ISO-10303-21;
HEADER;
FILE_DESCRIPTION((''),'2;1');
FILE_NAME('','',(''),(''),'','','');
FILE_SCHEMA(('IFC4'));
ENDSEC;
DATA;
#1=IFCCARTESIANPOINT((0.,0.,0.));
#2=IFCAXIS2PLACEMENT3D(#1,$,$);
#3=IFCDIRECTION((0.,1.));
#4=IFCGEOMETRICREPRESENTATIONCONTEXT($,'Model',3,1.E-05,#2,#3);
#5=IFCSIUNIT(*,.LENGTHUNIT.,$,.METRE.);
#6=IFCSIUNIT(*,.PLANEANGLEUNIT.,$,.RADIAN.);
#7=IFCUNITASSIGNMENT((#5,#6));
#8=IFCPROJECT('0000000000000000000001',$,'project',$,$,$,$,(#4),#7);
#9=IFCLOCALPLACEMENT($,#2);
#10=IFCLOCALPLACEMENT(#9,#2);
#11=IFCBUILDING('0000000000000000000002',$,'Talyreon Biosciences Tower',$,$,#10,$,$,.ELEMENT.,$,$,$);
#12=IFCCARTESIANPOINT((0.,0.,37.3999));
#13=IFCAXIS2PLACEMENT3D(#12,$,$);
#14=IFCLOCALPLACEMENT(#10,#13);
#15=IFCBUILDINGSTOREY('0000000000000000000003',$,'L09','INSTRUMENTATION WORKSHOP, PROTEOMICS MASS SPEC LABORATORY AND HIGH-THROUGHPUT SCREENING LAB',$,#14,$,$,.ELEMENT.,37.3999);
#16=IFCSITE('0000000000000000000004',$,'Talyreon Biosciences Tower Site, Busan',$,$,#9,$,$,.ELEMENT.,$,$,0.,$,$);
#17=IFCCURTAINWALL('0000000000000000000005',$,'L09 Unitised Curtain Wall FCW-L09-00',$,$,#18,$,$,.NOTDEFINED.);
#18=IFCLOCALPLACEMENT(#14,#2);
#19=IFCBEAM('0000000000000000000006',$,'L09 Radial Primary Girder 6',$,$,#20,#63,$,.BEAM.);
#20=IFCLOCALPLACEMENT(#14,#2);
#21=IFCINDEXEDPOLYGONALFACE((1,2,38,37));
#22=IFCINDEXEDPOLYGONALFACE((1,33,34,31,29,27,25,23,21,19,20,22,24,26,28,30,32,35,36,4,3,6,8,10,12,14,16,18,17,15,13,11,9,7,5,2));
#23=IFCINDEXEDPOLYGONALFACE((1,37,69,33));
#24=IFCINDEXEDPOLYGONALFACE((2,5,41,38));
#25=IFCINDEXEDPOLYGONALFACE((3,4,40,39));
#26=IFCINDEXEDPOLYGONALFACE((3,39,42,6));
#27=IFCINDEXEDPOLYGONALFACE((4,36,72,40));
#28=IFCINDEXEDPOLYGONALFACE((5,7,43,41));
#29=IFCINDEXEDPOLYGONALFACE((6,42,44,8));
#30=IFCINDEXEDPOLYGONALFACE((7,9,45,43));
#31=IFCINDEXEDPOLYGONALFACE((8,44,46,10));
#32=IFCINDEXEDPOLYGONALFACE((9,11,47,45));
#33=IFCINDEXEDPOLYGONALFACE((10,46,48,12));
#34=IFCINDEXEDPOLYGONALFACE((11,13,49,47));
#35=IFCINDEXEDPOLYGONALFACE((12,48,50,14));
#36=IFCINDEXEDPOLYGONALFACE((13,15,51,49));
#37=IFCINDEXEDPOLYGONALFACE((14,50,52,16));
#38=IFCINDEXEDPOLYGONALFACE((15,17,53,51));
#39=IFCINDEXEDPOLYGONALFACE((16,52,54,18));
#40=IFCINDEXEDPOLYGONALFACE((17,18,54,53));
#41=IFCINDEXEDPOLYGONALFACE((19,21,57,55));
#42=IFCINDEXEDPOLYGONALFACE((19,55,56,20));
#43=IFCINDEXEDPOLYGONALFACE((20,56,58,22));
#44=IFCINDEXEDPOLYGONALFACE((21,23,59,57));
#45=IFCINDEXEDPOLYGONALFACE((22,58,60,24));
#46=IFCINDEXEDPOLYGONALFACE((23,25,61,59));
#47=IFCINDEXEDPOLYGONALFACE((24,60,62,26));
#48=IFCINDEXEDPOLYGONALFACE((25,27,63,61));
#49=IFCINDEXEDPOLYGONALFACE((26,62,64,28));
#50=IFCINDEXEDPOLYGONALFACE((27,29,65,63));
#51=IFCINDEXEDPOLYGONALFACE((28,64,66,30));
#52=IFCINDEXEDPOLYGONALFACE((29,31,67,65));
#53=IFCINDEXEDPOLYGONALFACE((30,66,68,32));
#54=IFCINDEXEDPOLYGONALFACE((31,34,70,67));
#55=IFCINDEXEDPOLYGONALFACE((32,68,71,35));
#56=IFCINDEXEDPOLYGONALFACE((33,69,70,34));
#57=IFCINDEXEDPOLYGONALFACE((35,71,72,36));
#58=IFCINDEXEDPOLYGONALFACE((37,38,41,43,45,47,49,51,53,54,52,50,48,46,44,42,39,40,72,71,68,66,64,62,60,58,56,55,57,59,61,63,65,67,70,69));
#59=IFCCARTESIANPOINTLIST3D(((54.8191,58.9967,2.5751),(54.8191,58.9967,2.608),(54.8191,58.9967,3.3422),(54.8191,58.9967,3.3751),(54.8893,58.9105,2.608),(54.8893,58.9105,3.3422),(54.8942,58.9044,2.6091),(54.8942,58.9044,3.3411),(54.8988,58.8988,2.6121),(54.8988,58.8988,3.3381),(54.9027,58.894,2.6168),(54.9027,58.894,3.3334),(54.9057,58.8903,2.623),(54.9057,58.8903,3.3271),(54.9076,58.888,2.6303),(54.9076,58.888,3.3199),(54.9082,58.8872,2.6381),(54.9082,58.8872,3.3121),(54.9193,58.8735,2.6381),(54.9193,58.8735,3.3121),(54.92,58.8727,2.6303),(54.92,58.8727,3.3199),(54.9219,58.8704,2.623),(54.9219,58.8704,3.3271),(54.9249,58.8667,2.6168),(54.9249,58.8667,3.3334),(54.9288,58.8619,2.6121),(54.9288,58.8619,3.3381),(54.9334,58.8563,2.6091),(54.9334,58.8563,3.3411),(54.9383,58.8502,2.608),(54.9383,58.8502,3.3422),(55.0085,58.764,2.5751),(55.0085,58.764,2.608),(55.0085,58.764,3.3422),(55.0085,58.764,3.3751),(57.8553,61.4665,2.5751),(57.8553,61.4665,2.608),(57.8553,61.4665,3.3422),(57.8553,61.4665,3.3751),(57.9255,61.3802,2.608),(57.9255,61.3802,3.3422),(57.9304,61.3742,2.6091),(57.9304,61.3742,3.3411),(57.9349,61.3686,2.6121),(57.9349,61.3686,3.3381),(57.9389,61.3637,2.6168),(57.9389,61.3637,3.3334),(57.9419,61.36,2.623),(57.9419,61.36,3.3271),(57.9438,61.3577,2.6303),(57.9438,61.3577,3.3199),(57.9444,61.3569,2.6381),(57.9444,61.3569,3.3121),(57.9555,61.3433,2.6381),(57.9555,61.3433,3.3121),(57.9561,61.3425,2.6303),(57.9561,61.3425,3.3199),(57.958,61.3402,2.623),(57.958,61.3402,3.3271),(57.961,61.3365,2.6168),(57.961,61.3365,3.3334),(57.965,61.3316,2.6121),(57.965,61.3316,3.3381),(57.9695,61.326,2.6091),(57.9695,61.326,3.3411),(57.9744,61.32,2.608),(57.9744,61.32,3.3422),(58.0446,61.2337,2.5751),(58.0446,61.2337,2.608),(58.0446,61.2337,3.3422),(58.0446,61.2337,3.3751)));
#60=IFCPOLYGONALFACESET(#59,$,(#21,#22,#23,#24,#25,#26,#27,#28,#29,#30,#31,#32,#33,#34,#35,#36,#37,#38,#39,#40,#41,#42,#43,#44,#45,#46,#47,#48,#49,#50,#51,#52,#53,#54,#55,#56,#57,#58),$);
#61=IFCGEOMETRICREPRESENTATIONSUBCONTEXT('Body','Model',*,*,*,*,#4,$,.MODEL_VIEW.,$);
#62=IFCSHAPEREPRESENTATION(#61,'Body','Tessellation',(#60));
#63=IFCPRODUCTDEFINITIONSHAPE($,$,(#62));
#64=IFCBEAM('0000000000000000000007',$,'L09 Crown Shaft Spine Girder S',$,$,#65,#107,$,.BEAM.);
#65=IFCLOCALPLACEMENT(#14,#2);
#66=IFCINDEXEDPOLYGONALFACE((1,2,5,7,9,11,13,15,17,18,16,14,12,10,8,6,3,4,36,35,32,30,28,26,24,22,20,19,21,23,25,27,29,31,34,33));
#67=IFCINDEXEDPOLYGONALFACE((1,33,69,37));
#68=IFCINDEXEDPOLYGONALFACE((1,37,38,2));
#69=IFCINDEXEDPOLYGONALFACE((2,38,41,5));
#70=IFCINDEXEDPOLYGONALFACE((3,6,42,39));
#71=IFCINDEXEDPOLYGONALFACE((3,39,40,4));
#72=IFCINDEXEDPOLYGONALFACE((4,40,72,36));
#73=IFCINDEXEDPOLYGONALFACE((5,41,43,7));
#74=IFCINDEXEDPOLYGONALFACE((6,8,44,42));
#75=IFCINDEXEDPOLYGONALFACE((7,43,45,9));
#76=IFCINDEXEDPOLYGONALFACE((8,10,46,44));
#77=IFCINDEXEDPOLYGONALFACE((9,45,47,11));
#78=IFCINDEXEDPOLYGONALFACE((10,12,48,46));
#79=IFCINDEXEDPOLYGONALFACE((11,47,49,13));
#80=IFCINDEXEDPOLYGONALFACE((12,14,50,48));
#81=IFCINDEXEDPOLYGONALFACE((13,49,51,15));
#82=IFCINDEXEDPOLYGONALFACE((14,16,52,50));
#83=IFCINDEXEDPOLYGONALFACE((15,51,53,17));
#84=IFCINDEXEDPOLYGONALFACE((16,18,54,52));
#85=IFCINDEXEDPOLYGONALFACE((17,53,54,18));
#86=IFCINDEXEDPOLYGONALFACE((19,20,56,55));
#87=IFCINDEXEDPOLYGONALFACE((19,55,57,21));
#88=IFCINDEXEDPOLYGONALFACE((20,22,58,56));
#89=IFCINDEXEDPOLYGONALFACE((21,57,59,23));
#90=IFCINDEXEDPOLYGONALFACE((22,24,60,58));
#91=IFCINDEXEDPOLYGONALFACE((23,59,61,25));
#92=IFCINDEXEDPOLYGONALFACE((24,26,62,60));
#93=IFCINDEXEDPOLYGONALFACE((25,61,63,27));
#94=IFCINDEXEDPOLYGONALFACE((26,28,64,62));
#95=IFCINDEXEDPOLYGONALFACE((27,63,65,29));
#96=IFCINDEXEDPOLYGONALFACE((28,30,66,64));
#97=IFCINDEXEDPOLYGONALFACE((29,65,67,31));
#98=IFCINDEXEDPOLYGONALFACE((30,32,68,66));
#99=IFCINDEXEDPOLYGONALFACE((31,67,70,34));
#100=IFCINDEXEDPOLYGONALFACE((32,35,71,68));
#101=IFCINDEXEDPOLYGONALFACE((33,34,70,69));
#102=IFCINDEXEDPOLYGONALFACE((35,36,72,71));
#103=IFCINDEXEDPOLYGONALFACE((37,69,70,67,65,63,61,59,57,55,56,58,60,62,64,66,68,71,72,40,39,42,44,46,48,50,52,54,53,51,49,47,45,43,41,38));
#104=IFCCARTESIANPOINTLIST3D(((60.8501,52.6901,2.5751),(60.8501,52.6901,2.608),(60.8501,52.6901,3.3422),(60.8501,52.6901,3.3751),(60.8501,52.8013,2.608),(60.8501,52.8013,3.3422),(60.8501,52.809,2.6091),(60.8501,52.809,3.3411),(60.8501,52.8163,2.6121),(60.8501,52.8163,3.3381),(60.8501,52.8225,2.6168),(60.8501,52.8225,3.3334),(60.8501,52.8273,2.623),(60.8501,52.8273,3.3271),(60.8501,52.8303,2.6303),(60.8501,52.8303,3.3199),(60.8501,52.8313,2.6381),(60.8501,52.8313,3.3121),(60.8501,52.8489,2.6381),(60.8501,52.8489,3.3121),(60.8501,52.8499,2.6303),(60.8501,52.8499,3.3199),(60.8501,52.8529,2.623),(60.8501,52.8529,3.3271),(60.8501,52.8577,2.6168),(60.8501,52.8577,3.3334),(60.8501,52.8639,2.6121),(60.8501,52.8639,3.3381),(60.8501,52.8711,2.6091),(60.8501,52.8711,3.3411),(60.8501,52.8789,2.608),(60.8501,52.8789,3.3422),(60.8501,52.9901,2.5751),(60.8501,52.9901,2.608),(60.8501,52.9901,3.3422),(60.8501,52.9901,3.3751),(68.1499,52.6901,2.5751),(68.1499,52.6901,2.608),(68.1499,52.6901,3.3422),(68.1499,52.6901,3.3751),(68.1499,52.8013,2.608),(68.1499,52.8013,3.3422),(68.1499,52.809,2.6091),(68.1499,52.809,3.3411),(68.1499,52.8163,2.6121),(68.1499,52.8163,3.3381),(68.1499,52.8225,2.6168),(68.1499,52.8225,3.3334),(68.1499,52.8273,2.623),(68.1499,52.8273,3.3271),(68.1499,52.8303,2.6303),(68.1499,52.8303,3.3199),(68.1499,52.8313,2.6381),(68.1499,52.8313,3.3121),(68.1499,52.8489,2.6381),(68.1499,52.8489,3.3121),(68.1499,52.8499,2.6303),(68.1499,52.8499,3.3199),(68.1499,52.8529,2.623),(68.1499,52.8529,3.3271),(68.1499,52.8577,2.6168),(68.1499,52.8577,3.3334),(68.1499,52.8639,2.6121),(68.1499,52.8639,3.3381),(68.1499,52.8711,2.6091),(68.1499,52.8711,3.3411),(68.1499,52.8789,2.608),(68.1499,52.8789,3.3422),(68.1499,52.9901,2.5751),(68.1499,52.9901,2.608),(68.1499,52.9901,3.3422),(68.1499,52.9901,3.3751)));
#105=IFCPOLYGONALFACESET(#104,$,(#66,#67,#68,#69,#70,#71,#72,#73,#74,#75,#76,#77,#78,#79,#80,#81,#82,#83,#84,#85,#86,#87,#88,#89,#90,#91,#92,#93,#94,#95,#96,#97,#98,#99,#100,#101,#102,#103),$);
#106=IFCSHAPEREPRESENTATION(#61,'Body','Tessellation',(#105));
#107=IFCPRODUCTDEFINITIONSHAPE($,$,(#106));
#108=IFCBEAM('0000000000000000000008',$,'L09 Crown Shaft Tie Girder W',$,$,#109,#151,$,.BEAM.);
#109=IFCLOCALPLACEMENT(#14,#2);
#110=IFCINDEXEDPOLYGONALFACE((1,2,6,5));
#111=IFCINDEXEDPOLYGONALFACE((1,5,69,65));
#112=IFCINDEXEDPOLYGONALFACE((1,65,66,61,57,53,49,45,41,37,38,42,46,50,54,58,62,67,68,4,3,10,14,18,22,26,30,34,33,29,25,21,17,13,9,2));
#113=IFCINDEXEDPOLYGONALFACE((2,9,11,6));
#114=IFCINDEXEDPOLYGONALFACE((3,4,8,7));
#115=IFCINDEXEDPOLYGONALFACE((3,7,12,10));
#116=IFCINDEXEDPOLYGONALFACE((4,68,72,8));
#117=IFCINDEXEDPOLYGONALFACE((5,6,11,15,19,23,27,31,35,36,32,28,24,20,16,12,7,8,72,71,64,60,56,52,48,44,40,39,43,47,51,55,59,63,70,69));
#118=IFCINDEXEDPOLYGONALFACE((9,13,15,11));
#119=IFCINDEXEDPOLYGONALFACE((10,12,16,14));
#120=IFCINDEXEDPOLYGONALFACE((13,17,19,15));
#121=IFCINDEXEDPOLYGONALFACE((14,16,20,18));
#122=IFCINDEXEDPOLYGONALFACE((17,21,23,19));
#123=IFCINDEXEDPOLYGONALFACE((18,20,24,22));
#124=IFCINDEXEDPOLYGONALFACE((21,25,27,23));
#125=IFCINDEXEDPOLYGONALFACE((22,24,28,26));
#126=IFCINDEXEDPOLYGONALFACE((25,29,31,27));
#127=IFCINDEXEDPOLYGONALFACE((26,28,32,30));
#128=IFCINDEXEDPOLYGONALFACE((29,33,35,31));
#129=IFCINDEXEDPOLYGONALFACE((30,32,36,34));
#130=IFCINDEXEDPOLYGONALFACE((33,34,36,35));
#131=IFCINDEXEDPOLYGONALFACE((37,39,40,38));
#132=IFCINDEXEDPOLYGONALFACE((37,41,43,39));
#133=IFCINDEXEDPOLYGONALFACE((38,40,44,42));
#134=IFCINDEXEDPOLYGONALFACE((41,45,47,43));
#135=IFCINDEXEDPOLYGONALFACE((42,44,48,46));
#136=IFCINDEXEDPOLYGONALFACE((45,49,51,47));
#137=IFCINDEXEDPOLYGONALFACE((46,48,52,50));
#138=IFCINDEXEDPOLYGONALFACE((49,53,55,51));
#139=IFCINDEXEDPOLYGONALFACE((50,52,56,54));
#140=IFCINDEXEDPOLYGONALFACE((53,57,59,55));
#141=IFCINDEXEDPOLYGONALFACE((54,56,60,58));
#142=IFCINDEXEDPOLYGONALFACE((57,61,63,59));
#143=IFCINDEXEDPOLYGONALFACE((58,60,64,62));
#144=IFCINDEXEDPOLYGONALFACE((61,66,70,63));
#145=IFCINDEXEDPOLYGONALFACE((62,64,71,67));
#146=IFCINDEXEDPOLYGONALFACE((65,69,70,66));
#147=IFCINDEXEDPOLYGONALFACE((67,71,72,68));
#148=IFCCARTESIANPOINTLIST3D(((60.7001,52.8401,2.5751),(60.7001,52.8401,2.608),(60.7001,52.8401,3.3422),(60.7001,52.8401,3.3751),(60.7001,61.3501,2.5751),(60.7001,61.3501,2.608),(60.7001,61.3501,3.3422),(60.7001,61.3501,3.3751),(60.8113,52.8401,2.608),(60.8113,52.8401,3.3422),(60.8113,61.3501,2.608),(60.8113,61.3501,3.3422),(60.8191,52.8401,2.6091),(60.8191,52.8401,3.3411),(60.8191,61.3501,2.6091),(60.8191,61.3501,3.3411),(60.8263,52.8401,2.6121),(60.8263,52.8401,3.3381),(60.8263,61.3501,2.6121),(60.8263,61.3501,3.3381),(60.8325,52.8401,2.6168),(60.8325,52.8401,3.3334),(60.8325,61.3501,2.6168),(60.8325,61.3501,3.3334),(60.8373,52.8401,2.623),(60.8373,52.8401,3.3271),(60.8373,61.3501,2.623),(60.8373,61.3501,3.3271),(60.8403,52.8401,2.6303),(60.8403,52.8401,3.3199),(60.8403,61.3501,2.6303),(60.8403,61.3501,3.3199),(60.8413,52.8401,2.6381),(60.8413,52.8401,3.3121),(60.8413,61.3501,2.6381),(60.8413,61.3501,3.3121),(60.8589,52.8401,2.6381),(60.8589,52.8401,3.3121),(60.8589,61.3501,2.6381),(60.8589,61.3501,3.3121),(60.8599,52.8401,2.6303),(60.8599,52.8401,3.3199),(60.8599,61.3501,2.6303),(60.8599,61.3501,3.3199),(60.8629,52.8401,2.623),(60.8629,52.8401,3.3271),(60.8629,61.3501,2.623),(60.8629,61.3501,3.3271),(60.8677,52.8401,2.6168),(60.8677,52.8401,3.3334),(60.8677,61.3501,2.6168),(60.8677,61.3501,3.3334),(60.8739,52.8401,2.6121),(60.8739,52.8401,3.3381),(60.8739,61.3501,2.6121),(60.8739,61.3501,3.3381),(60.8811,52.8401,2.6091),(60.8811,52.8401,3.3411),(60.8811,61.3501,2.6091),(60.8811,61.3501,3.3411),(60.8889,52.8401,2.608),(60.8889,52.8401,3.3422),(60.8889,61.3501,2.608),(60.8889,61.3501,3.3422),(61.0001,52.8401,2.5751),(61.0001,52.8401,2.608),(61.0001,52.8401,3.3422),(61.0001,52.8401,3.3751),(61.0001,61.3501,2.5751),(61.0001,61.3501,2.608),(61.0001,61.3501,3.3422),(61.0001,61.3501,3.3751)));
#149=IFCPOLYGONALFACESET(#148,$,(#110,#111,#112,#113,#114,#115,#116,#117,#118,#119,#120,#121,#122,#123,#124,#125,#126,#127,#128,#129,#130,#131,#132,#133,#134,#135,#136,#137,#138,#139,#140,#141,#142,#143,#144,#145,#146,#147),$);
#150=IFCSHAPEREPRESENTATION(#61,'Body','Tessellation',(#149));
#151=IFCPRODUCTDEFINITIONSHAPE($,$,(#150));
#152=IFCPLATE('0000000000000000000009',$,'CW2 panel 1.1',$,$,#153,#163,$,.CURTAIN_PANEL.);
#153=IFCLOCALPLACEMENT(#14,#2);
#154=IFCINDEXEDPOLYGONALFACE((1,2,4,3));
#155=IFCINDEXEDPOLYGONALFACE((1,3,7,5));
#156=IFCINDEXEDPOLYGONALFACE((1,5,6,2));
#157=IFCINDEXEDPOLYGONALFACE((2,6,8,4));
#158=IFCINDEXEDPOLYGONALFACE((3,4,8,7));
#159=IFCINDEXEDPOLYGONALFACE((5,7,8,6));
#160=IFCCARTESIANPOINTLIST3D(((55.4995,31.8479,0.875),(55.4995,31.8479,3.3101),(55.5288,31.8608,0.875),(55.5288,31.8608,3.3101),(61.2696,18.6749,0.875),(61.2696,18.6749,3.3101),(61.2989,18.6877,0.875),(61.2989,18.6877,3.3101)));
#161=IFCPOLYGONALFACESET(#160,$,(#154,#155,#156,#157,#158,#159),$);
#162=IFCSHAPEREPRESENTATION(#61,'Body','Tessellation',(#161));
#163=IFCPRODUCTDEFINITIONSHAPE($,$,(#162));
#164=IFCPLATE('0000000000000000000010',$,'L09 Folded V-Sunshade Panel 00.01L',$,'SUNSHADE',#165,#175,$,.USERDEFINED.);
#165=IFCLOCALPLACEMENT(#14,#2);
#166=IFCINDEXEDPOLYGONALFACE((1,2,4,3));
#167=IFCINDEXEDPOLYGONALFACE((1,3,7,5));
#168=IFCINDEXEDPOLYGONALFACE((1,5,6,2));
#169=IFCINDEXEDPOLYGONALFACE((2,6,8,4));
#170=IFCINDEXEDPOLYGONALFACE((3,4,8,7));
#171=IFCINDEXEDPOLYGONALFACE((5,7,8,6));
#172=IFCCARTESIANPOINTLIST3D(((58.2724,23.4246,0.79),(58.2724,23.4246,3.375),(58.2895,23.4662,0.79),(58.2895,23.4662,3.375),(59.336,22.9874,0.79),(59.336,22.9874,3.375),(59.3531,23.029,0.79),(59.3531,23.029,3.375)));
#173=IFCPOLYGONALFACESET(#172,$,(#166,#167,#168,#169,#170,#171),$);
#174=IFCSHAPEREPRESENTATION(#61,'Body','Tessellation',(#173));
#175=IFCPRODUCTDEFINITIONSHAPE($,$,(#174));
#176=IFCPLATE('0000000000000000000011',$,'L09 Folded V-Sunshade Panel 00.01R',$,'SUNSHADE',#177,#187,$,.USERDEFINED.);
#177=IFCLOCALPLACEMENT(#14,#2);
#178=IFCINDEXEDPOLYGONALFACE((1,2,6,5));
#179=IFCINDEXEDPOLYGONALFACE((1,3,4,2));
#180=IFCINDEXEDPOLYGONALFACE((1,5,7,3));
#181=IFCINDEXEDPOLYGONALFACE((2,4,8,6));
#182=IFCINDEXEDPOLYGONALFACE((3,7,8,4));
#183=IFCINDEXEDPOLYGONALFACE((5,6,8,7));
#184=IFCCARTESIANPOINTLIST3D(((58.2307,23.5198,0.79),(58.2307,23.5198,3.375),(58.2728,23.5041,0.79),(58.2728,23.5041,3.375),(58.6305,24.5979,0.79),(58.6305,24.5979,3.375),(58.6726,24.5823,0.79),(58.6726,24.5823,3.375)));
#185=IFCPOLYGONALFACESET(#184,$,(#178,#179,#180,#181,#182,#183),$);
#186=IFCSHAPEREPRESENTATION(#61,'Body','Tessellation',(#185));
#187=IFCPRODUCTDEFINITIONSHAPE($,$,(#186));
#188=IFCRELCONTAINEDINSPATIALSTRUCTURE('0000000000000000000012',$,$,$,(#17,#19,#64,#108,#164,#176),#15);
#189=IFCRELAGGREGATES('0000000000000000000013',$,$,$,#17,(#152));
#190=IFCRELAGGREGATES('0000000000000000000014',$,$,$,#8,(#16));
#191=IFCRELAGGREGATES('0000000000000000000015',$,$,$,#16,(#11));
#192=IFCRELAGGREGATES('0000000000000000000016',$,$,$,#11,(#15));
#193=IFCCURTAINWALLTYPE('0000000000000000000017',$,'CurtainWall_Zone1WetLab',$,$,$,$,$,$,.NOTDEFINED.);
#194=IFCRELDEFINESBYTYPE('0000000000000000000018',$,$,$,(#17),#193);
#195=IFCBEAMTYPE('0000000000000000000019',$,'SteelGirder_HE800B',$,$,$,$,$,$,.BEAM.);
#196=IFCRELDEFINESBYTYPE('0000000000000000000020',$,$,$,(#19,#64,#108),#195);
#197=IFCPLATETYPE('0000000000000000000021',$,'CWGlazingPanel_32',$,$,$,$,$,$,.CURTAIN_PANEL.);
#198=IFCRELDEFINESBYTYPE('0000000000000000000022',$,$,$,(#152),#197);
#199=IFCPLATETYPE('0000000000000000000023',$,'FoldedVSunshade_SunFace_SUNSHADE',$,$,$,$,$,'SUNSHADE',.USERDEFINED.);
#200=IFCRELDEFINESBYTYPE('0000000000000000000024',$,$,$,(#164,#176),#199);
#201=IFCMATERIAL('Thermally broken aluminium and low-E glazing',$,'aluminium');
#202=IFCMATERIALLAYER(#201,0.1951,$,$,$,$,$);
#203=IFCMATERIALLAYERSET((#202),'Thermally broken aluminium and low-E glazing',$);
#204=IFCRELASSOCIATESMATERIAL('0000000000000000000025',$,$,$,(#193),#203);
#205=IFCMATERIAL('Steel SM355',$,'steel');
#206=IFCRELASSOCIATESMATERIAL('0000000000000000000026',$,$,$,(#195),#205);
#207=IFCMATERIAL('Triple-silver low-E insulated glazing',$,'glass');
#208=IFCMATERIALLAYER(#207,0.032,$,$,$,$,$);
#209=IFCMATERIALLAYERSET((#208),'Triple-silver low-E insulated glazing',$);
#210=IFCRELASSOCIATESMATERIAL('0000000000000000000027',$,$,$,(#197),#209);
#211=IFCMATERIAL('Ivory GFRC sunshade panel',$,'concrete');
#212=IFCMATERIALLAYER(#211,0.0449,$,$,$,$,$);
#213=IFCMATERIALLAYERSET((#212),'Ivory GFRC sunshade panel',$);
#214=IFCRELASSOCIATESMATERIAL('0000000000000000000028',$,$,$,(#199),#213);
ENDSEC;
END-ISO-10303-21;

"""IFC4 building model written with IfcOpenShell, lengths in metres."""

from ifc_helpers import new_model, si_unit, direction, frame, origin, origin_2d, place, context, subcontext, project, spatial, rectangle, i_section, extrude, material, layer, layer_set, material_profile, profile_set, type_object, element, aggregate, save


model = new_model("IFC4")

# Units and contexts
model_context = context("Model", 3, precision=1e-05, world=origin(), true_north=direction((0.0, 1.0)))
body_context = subcontext(model_context, "Body", "Model", "MODEL_VIEW")
ifc_project = project(units=[si_unit("LENGTHUNIT", "METRE"), si_unit("PLANEANGLEUNIT", "RADIAN")], contexts=[model_context])

# Site, building, storey
site_placement = place(None, origin())
site = spatial("IfcSite", under=ifc_project, at=site_placement, Name="Talyreon Biosciences Tower Site, Busan", CompositionType="ELEMENT", RefElevation=0.0)
building_placement = place(site_placement, origin())
building = spatial("IfcBuilding", under=site, at=building_placement, Name="Talyreon Biosciences Tower", CompositionType="ELEMENT")
storey_placement = place(building_placement, frame((0.0, 0.0, 37.3999)))
storey = spatial("IfcBuildingStorey", under=building, at=storey_placement, Name="L09", Description="INSTRUMENTATION WORKSHOP, PROTEOMICS MASS SPEC LABORATORY AND HIGH-THROUGHPUT SCREENING LAB", CompositionType="ELEMENT", Elevation=37.3999)

# Curtain wall
ifc_material_1 = material(Name="Thermally broken aluminium and low-E glazing", Category="aluminium")
ifc_layer_1 = layer(ifc_material_1, 0.1951)
ifc_layer_set_1 = layer_set([ifc_layer_1], Name="Thermally broken aluminium and low-E glazing")
curtain_wall_type = type_object("IfcCurtainWallType", Name="CurtainWall_Zone1WetLab", PredefinedType="NOTDEFINED", material=ifc_layer_set_1)
curtain_wall_placement = place(storey_placement, origin())
curtain_wall = element("IfcCurtainWall", 1, at=curtain_wall_placement, inside=storey, type_object=curtain_wall_type, Name="L09 Unitised Curtain Wall FCW-L09-00", PredefinedType="NOTDEFINED")

# Beams
ifc_material_2 = material(Name="Steel SM355", Category="steel")
ifc_material_profile_1 = material_profile(ifc_material_2, i_section(OverallWidth=0.3, OverallDepth=0.8, WebThickness=0.0176, FlangeThickness=0.033, FilletRadius=0.03, at=origin_2d()), Name="HE800B")
ifc_profile_set_1 = profile_set([ifc_material_profile_1], Name="Steel SM355")
beam_type_1 = type_object("IfcBeamType", Name="SteelGirder_HE800B", PredefinedType="BEAM", material=ifc_profile_set_1)
beam_1_placement = place(storey_placement, frame((57.95, 61.3501, 2.9751), z_axis=(-0.775755, -0.631034, 0.0), x_axis=(0.631034, -0.775755, 0.0)))
element("IfcBeam", 2, at=beam_1_placement, inside=storey, type_object=beam_type_1, Name="L09 Radial Primary Girder 6", PredefinedType="BEAM", context=body_context, shape_type="SweptSolid", body=[
    extrude(i_section(OverallWidth=0.3, OverallDepth=0.8, WebThickness=0.0176, FlangeThickness=0.033, FilletRadius=0.03, at=origin_2d()), origin(), (0.0, 0.0, 1.0), 3.9138),
])
beam_2_placement = place(storey_placement, frame((60.8501, 52.8401, 2.9751), z_axis=(1.0, 0.0, 0.0), x_axis=(0.0, 1.0, 0.0)))
element("IfcBeam", 3, at=beam_2_placement, inside=storey, type_object=beam_type_1, Name="L09 Crown Shaft Spine Girder S", PredefinedType="BEAM", context=body_context, shape_type="SweptSolid", body=[
    extrude(i_section(OverallWidth=0.3, OverallDepth=0.8, WebThickness=0.0176, FlangeThickness=0.033, FilletRadius=0.03, at=origin_2d()), origin(), (0.0, 0.0, 1.0), 7.2998),
])
beam_3_placement = place(storey_placement, frame((60.8501, 52.8401, 2.9751), z_axis=(0.0, 1.0, 0.0), x_axis=(-1.0, 0.0, 0.0)))
element("IfcBeam", 4, at=beam_3_placement, inside=storey, type_object=beam_type_1, Name="L09 Crown Shaft Tie Girder W", PredefinedType="BEAM", context=body_context, shape_type="SweptSolid", body=[
    extrude(i_section(OverallWidth=0.3, OverallDepth=0.8, WebThickness=0.0176, FlangeThickness=0.033, FilletRadius=0.03, at=origin_2d()), origin(), (0.0, 0.0, 1.0), 8.51),
])

# Plate
ifc_material_3 = material(Name="Triple-silver low-E insulated glazing", Category="glass")
ifc_layer_2 = layer(ifc_material_3, 0.032)
ifc_layer_set_2 = layer_set([ifc_layer_2], Name="Triple-silver low-E insulated glazing")
plate_type_1 = type_object("IfcPlateType", Name="CWGlazingPanel_32", PredefinedType="CURTAIN_PANEL", material=ifc_layer_set_2)
plate_placement = place(storey_placement, frame((58.3992, 25.2678, 0.875), z_axis=(0.0, 0.0, 1.0), x_axis=(-0.401223, 0.91598, 0.0)))
plate = element("IfcPlate", 5, at=plate_placement, type_object=plate_type_1, Name="CW2 panel 1.1", PredefinedType="CURTAIN_PANEL", context=body_context, shape_type="SweptSolid", body=[
    extrude(rectangle(XDim=14.3813, YDim=0.032, at=origin_2d()), origin(), (0.0, 0.0, 1.0), 2.4351),
])
aggregate(curtain_wall, [plate])

# Plates
ifc_material_4 = material(Name="Ivory GFRC sunshade panel", Category="concrete")
ifc_layer_3 = layer(ifc_material_4, 0.0449)
ifc_layer_set_3 = layer_set([ifc_layer_3], Name="Ivory GFRC sunshade panel")
plate_type_2 = type_object("IfcPlateType", Name="FoldedVSunshade_SunFace_SUNSHADE", ElementType="SUNSHADE", PredefinedType="USERDEFINED", material=ifc_layer_set_3)
for number, where, z_axis, x_axis, name in (
    (6, (58.8127, 23.2268, 0.79), (0.0, 0.0, 1.0), (-0.924911, 0.380183, 0.0), "L09 Folded V-Sunshade Panel 00.01L"),
    (7, (58.4517, 24.051, 0.79), (0.0, 0.0, 1.0), (0.347672, 0.937616, 0.0), "L09 Folded V-Sunshade Panel 00.01R"),
):
    element("IfcPlate", number, at=place(storey_placement, frame(where, z_axis=z_axis, x_axis=x_axis)), inside=storey, type_object=plate_type_2, Name=name, ObjectType="SUNSHADE", PredefinedType="USERDEFINED", context=body_context, shape_type="SweptSolid", body=[
        extrude(rectangle(XDim=1.1499, YDim=0.0449, at=origin_2d()), origin(), (0.0, 0.0, 1.0), 2.585),
    ])

save(model, "model.ifc")
